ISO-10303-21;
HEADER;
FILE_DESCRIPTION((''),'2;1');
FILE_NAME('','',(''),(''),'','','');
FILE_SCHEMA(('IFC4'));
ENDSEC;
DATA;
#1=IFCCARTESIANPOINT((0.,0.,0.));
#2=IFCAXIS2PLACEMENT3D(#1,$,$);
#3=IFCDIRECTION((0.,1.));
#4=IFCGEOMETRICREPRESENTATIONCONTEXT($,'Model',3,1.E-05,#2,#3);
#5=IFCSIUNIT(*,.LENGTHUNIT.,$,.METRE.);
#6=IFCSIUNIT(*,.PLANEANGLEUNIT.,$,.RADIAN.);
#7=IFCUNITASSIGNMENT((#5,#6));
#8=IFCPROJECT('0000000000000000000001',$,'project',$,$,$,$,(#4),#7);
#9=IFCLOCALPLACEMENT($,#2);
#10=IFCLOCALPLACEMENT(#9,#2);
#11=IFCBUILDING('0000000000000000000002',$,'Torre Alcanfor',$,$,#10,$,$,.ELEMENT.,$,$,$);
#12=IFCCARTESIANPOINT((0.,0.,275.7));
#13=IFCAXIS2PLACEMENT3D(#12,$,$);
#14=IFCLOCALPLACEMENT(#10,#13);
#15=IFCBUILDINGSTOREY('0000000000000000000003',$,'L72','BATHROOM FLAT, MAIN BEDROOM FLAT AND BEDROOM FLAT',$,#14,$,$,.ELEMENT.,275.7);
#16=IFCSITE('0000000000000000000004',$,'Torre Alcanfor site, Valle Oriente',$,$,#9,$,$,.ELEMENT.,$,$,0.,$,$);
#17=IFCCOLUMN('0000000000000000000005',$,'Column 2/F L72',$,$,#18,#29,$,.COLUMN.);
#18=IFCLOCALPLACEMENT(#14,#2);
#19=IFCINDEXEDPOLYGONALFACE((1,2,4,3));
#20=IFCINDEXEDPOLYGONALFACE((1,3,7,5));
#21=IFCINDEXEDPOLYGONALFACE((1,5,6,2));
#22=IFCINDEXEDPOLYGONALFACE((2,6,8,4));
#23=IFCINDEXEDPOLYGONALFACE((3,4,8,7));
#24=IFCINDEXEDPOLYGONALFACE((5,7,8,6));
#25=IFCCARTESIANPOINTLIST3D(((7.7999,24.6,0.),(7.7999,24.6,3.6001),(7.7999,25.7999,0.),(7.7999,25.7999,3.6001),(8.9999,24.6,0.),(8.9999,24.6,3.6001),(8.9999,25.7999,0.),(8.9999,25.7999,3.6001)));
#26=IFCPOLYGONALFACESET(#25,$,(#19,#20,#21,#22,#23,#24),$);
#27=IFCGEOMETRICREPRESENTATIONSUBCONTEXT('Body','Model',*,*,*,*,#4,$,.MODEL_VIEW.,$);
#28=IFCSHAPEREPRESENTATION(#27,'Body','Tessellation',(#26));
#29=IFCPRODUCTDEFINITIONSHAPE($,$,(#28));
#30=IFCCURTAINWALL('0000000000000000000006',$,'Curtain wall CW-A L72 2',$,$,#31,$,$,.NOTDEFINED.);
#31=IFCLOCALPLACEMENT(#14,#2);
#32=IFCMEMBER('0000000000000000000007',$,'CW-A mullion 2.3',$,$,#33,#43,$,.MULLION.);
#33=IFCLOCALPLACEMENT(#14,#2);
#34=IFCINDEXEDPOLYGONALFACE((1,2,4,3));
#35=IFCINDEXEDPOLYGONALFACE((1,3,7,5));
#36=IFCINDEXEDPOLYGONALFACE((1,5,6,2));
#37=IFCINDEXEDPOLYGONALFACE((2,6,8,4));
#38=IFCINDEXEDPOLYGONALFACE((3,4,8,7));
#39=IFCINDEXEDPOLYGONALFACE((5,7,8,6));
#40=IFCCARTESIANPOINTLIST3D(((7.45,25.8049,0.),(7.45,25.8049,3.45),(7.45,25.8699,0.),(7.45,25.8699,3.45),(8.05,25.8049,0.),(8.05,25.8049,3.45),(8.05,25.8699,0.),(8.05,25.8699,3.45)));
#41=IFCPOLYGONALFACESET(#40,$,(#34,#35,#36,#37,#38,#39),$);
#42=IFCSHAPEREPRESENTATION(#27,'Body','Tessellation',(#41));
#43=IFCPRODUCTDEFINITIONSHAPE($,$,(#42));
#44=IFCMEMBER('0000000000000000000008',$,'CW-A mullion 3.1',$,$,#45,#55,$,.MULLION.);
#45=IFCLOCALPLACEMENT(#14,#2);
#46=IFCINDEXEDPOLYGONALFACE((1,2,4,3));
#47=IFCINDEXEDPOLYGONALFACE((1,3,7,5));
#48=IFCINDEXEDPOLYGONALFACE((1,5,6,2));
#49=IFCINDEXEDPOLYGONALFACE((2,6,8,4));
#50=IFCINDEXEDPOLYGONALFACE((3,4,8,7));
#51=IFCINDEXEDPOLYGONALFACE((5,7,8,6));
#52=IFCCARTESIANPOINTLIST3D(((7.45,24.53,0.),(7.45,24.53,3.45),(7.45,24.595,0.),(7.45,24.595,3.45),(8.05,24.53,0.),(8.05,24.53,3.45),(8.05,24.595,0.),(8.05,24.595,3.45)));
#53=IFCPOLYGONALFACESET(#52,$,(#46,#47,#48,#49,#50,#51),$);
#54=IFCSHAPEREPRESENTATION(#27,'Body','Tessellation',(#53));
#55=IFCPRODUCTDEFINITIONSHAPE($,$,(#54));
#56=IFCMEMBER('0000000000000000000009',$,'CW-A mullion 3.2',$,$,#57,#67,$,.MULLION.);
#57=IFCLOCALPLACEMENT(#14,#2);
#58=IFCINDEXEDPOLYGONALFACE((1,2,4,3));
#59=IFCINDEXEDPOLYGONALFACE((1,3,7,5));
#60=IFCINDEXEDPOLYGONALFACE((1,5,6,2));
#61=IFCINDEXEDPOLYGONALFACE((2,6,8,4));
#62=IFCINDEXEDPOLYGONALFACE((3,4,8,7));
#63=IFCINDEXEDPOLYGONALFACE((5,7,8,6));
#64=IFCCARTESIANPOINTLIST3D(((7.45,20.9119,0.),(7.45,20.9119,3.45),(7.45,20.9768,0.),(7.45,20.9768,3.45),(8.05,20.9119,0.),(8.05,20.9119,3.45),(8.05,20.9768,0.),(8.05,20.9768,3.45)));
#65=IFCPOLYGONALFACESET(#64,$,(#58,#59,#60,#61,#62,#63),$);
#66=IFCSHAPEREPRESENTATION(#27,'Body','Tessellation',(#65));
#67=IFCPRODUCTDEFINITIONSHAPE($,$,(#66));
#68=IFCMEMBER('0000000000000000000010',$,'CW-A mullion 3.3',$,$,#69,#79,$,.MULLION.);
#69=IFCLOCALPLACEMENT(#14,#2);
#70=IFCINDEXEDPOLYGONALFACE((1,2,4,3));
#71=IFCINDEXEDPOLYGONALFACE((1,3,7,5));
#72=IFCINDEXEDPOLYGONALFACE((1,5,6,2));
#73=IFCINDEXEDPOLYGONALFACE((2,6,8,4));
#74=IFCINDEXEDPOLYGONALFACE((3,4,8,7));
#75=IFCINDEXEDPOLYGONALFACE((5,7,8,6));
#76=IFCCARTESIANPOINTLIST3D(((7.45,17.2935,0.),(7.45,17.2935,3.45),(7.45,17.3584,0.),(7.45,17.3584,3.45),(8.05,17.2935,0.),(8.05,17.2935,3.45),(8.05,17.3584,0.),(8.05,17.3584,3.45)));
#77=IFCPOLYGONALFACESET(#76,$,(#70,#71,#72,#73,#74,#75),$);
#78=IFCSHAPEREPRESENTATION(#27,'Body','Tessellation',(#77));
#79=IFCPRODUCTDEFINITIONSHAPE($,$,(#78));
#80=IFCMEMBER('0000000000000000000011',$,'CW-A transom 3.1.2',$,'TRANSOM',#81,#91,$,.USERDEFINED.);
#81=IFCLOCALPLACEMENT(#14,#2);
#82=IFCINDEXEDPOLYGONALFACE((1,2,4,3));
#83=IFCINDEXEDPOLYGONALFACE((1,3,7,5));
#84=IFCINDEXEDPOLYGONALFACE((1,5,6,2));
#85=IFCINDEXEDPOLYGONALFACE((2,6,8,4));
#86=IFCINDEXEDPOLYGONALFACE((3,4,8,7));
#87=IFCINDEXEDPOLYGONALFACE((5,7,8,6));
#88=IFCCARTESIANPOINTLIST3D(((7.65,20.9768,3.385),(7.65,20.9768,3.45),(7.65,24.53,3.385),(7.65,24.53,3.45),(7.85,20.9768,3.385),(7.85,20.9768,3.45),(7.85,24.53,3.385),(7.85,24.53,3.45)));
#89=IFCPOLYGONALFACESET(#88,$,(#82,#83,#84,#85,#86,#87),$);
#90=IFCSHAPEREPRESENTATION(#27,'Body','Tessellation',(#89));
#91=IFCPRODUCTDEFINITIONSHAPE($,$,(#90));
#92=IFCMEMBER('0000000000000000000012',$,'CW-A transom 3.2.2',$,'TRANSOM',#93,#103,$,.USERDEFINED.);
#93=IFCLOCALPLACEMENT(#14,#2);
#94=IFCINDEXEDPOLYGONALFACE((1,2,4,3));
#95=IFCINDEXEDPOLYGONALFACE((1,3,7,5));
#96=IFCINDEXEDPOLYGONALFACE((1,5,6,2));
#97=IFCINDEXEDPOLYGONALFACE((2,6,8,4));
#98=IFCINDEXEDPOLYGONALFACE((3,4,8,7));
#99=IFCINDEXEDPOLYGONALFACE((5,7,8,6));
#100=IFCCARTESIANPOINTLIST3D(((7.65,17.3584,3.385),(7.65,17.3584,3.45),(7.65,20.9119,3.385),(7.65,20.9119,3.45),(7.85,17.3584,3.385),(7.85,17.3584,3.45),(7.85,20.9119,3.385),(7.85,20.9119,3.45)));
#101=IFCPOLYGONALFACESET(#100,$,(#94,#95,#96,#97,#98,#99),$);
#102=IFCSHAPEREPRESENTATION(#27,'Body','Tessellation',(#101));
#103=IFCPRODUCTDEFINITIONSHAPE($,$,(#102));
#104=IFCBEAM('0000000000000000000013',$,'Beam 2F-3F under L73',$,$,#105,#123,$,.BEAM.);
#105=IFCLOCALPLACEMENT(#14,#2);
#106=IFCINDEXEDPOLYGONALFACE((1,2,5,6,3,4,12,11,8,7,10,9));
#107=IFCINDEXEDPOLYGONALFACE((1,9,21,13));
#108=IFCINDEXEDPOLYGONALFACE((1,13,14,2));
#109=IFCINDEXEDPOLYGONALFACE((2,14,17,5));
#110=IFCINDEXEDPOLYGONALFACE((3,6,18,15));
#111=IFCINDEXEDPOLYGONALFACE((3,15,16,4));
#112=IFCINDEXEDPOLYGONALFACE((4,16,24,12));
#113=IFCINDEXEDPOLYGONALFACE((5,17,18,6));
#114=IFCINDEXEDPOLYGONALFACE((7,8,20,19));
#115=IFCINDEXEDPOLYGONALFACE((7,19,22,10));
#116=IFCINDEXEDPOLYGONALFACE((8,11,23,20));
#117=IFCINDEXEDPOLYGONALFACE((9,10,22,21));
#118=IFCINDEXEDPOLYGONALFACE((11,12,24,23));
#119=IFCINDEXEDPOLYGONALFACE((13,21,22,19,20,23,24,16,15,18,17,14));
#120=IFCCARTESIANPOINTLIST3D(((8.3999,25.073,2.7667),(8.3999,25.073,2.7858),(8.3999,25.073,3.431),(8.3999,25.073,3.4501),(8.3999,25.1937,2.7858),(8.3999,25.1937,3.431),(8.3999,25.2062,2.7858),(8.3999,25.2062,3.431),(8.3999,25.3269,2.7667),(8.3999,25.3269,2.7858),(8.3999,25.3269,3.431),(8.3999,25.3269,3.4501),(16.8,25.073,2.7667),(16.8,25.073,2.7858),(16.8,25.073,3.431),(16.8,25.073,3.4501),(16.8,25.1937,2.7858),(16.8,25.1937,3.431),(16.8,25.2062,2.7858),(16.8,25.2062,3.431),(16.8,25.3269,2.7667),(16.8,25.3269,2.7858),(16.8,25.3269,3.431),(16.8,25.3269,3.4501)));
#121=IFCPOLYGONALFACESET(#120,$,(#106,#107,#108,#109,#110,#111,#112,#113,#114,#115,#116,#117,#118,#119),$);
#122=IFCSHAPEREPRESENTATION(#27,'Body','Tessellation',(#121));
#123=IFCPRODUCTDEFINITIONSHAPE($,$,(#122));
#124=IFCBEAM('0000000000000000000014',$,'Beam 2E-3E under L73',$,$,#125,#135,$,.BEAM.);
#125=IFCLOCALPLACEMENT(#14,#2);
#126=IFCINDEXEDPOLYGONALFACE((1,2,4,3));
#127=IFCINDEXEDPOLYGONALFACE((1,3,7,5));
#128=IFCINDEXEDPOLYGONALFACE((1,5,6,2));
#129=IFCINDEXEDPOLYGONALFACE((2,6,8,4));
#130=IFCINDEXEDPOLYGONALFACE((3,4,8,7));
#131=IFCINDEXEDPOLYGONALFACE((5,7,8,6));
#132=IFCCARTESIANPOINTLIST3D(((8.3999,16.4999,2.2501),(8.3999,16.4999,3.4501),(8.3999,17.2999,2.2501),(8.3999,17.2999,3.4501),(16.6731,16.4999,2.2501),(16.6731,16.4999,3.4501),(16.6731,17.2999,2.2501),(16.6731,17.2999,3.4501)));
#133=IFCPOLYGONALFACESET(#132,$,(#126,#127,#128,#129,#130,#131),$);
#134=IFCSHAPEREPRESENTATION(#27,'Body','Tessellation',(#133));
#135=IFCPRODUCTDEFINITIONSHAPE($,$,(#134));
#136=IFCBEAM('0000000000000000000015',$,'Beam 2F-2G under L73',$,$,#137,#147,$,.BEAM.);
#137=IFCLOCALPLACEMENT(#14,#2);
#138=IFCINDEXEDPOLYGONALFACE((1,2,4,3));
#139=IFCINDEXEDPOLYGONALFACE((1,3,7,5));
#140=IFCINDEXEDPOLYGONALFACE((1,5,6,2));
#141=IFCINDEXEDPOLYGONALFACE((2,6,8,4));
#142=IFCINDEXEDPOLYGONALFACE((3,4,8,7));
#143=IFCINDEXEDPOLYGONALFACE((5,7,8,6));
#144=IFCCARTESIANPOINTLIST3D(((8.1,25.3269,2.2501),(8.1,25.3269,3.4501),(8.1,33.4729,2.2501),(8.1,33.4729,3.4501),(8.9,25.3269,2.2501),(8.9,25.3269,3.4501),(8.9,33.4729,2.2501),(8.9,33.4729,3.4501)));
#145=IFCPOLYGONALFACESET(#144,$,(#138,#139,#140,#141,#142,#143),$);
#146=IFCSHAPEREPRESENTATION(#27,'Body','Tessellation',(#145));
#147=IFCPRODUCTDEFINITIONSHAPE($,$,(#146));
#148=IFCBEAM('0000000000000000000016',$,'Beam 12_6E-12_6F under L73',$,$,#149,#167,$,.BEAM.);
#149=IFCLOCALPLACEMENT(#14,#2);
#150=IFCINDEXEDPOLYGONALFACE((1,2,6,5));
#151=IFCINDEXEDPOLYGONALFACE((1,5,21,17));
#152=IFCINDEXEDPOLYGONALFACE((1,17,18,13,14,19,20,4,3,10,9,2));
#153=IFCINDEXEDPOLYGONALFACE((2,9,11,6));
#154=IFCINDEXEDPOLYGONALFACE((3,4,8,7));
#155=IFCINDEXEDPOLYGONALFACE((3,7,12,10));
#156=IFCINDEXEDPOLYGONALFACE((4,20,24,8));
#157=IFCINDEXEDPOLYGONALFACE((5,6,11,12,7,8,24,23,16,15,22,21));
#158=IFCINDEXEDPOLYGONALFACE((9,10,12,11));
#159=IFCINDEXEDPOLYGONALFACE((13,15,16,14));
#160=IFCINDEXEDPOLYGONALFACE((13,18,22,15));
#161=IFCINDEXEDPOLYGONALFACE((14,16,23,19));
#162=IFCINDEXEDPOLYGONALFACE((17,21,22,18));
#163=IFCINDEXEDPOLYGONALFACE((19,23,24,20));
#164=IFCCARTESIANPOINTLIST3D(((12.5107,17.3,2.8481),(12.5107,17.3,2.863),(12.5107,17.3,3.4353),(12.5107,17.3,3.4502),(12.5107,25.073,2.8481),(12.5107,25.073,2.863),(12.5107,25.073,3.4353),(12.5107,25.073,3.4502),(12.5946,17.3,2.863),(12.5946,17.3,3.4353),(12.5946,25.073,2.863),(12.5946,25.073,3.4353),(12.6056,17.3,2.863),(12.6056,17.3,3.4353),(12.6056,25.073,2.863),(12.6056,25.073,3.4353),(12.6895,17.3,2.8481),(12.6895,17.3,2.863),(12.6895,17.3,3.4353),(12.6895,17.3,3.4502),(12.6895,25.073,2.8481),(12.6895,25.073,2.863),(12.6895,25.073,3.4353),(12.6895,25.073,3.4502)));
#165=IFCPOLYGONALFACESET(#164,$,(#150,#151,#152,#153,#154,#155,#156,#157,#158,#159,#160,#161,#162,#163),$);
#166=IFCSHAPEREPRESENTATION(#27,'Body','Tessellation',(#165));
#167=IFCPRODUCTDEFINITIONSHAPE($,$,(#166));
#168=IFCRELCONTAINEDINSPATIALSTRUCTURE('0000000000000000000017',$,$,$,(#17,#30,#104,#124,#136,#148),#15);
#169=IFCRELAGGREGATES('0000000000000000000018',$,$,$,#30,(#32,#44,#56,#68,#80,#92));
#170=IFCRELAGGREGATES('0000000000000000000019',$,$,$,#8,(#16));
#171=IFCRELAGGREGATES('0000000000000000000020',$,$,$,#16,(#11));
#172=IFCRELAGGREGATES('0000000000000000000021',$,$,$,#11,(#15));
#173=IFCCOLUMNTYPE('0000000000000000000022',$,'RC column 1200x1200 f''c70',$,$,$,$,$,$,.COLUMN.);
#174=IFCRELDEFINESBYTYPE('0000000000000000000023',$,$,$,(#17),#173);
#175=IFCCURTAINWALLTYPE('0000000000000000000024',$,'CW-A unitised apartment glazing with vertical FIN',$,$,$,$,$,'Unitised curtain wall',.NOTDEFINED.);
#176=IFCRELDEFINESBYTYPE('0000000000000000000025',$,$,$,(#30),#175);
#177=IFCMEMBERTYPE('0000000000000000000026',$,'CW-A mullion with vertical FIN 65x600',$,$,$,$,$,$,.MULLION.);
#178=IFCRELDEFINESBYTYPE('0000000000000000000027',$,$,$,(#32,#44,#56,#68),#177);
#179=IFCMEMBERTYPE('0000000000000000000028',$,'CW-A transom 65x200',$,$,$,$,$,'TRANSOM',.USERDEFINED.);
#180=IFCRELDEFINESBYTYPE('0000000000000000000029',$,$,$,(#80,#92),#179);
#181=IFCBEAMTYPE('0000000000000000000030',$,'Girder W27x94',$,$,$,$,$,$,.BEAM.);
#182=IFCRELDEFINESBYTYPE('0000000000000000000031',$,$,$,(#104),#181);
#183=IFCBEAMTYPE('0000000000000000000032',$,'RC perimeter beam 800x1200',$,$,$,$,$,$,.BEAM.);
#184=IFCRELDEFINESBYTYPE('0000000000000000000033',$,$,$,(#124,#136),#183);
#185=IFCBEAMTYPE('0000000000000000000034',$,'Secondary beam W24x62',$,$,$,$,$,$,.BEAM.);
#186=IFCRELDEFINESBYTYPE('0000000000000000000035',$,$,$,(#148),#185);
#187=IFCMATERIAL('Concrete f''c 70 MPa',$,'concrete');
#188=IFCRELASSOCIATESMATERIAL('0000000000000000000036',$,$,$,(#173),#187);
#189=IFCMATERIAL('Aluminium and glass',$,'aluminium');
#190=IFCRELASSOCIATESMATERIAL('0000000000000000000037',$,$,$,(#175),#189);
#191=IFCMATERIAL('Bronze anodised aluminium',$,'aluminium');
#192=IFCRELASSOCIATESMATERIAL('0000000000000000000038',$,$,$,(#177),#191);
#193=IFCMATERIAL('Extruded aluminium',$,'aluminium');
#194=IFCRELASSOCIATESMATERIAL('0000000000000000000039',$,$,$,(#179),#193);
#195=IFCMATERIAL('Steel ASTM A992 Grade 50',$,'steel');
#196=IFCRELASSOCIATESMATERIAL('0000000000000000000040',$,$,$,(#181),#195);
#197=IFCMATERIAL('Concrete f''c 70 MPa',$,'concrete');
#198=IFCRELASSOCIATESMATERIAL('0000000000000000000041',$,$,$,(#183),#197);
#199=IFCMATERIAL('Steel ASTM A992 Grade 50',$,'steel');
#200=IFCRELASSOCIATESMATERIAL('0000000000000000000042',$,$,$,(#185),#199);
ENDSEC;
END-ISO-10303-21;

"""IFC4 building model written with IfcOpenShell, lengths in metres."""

from ifc_helpers import new_model, si_unit, direction, frame, origin, origin_2d, place, context, subcontext, project, spatial, rectangle, i_section, extrude, material, material_profile, profile_set, type_object, element, aggregate, save


model = new_model("IFC4")

# Units and contexts
model_context = context("Model", 3, precision=1e-05, world=origin(), true_north=direction((0.0, 1.0)))
body_context = subcontext(model_context, "Body", "Model", "MODEL_VIEW")
ifc_project = project(units=[si_unit("LENGTHUNIT", "METRE"), si_unit("PLANEANGLEUNIT", "RADIAN")], contexts=[model_context])

# Site, building, storey
site_placement = place(None, origin())
site = spatial("IfcSite", under=ifc_project, at=site_placement, Name="Torre Alcanfor site, Valle Oriente", CompositionType="ELEMENT", RefElevation=0.0)
building_placement = place(site_placement, origin())
building = spatial("IfcBuilding", under=site, at=building_placement, Name="Torre Alcanfor", CompositionType="ELEMENT")
storey_placement = place(building_placement, frame((0.0, 0.0, 275.7)))
storey = spatial("IfcBuildingStorey", under=building, at=storey_placement, Name="L72", Description="BATHROOM FLAT, MAIN BEDROOM FLAT AND BEDROOM FLAT", CompositionType="ELEMENT", Elevation=275.7)

# Column
ifc_material_1 = material(Name="Concrete f'c 70 MPa", Category="concrete")
ifc_material_profile_1 = material_profile(ifc_material_1, rectangle(XDim=1.2, YDim=1.2, at=origin_2d()), Name="1200x1200")
ifc_profile_set_1 = profile_set([ifc_material_profile_1], Name="Concrete f'c 70 MPa")
column_type = type_object("IfcColumnType", Name="RC column 1200x1200 f'c70", PredefinedType="COLUMN", material=ifc_profile_set_1)
column_placement = place(storey_placement, frame((8.3999, 25.2, 0.0), z_axis=(0.0, 0.0, 1.0), x_axis=(1.0, 0.0, 0.0)))
element("IfcColumn", 1, at=column_placement, inside=storey, type_object=column_type, Name="Column 2/F L72", PredefinedType="COLUMN", context=body_context, shape_type="SweptSolid", body=[
    extrude(rectangle(XDim=1.2, YDim=1.2, at=origin_2d()), origin(), (0.0, 0.0, 1.0), 3.6001),
])

# Curtain wall, members
ifc_material_2 = material(Name="Aluminium and glass", Category="aluminium")
curtain_wall_type = type_object("IfcCurtainWallType", Name="CW-A unitised apartment glazing with vertical FIN", ElementType="Unitised curtain wall", PredefinedType="NOTDEFINED", material=ifc_material_2)
curtain_wall_placement = place(storey_placement, origin())
curtain_wall = element("IfcCurtainWall", 2, at=curtain_wall_placement, inside=storey, type_object=curtain_wall_type, Name="Curtain wall CW-A L72 2", PredefinedType="NOTDEFINED")
ifc_material_3 = material(Name="Bronze anodised aluminium", Category="aluminium")
ifc_material_profile_2 = material_profile(ifc_material_3, rectangle(XDim=0.6001, YDim=0.0649, at=origin_2d()), Name="CW-A mullion 65x600")
ifc_profile_set_2 = profile_set([ifc_material_profile_2], Name="Bronze anodised aluminium")
member_type_1 = type_object("IfcMemberType", Name="CW-A mullion with vertical FIN 65x600", PredefinedType="MULLION", material=ifc_profile_set_2)
member_1_placement = place(storey_placement, frame((7.75, 25.8374, 0.0), z_axis=(0.0, 0.0, 1.0), x_axis=(1.0, 0.0, 0.0)))
member_1 = element("IfcMember", 3, at=member_1_placement, type_object=member_type_1, Name="CW-A mullion 2.3", PredefinedType="MULLION", context=body_context, shape_type="SweptSolid", body=[
    extrude(rectangle(XDim=0.6001, YDim=0.0649, at=origin_2d()), origin(), (0.0, 0.0, 1.0), 3.45),
])
member_2_placement = place(storey_placement, frame((7.75, 24.5625, 0.0), z_axis=(0.0, 0.0, 1.0), x_axis=(1.0, 0.0, 0.0)))
member_2 = element("IfcMember", 4, at=member_2_placement, type_object=member_type_1, Name="CW-A mullion 3.1", PredefinedType="MULLION", context=body_context, shape_type="SweptSolid", body=[
    extrude(rectangle(XDim=0.6001, YDim=0.0649, at=origin_2d()), origin(), (0.0, 0.0, 1.0), 3.45),
])
member_3_placement = place(storey_placement, frame((7.75, 20.9443, 0.0), z_axis=(0.0, 0.0, 1.0), x_axis=(1.0, 0.0, 0.0)))
member_3 = element("IfcMember", 5, at=member_3_placement, type_object=member_type_1, Name="CW-A mullion 3.2", PredefinedType="MULLION", context=body_context, shape_type="SweptSolid", body=[
    extrude(rectangle(XDim=0.6001, YDim=0.0649, at=origin_2d()), origin(), (0.0, 0.0, 1.0), 3.45),
])
member_4_placement = place(storey_placement, frame((7.75, 17.3259, 0.0), z_axis=(0.0, 0.0, 1.0), x_axis=(1.0, 0.0, 0.0)))
member_4 = element("IfcMember", 6, at=member_4_placement, type_object=member_type_1, Name="CW-A mullion 3.3", PredefinedType="MULLION", context=body_context, shape_type="SweptSolid", body=[
    extrude(rectangle(XDim=0.6001, YDim=0.0649, at=origin_2d()), origin(), (0.0, 0.0, 1.0), 3.45),
])
ifc_material_4 = material(Name="Extruded aluminium", Category="aluminium")
ifc_material_profile_3 = material_profile(ifc_material_4, rectangle(XDim=0.2, YDim=0.0649, at=origin_2d()), Name="CW-A transom 200x65")
ifc_profile_set_3 = profile_set([ifc_material_profile_3], Name="Extruded aluminium")
member_type_2 = type_object("IfcMemberType", Name="CW-A transom 65x200", ElementType="TRANSOM", PredefinedType="USERDEFINED", material=ifc_profile_set_3)
member_5_placement = place(storey_placement, frame((7.75, 24.53, 3.4175), z_axis=(0.0, -1.0, 0.0), x_axis=(1.0, 0.0, 0.0)))
member_5 = element("IfcMember", 7, at=member_5_placement, type_object=member_type_2, Name="CW-A transom 3.1.2", ObjectType="TRANSOM", PredefinedType="USERDEFINED", context=body_context, shape_type="SweptSolid", body=[
    extrude(rectangle(XDim=0.2, YDim=0.0649, at=origin_2d()), origin(), (0.0, 0.0, 1.0), 3.5532),
])
member_6_placement = place(storey_placement, frame((7.75, 20.9119, 3.4175), z_axis=(0.0, -1.0, 0.0), x_axis=(1.0, 0.0, 0.0)))
member_6 = element("IfcMember", 8, at=member_6_placement, type_object=member_type_2, Name="CW-A transom 3.2.2", ObjectType="TRANSOM", PredefinedType="USERDEFINED", context=body_context, shape_type="SweptSolid", body=[
    extrude(rectangle(XDim=0.2, YDim=0.0649, at=origin_2d()), origin(), (0.0, 0.0, 1.0), 3.5535),
])

# Beams
ifc_material_5 = material(Name="Steel ASTM A992 Grade 50", Category="steel")
ifc_material_profile_4 = material_profile(ifc_material_5, i_section(OverallWidth=0.2539, OverallDepth=0.6833, WebThickness=0.0125, FlangeThickness=0.019, at=origin_2d()), Name="W27x94")
ifc_profile_set_4 = profile_set([ifc_material_profile_4], Name="Steel ASTM A992 Grade 50")
beam_type_1 = type_object("IfcBeamType", Name="Girder W27x94", PredefinedType="BEAM", material=ifc_profile_set_4)
beam_1_placement = place(storey_placement, frame((8.3999, 25.2, 3.1084), z_axis=(1.0, 0.0, 0.0), x_axis=(0.0, 1.0, 0.0)))
element("IfcBeam", 9, at=beam_1_placement, inside=storey, type_object=beam_type_1, Name="Beam 2F-3F under L73", PredefinedType="BEAM", context=body_context, shape_type="SweptSolid", body=[
    extrude(i_section(OverallWidth=0.2539, OverallDepth=0.6833, WebThickness=0.0125, FlangeThickness=0.019, at=origin_2d()), origin(), (0.0, 0.0, 1.0), 8.4001),
])
ifc_material_6 = material(Name="Concrete f'c 70 MPa", Category="concrete")
ifc_material_profile_5 = material_profile(ifc_material_6, rectangle(XDim=0.8, YDim=1.2, at=origin_2d()), Name="800x1200")
ifc_profile_set_5 = profile_set([ifc_material_profile_5], Name="Concrete f'c 70 MPa")
beam_type_2 = type_object("IfcBeamType", Name="RC perimeter beam 800x1200", PredefinedType="BEAM", material=ifc_profile_set_5)
beam_2_placement = place(storey_placement, frame((8.3999, 16.8999, 2.8501), z_axis=(1.0, 0.0, 0.0), x_axis=(0.0, 1.0, 0.0)))
element("IfcBeam", 10, at=beam_2_placement, inside=storey, type_object=beam_type_2, Name="Beam 2E-3E under L73", PredefinedType="BEAM", context=body_context, shape_type="SweptSolid", body=[
    extrude(rectangle(XDim=0.8, YDim=1.2, at=origin_2d()), origin(), (0.0, 0.0, 1.0), 8.2732),
])
beam_3_placement = place(storey_placement, frame((8.5, 25.3269, 2.8501), z_axis=(0.0, 1.0, 0.0), x_axis=(-1.0, 0.0, 0.0)))
element("IfcBeam", 11, at=beam_3_placement, inside=storey, type_object=beam_type_2, Name="Beam 2F-2G under L73", PredefinedType="BEAM", context=body_context, shape_type="SweptSolid", body=[
    extrude(rectangle(XDim=0.8, YDim=1.2, at=origin_2d()), origin(), (0.0, 0.0, 1.0), 8.146),
])
ifc_material_7 = material(Name="Steel ASTM A992 Grade 50", Category="steel")
ifc_material_profile_6 = material_profile(ifc_material_7, i_section(OverallWidth=0.1787, OverallDepth=0.6021, WebThickness=0.011, FlangeThickness=0.0149, at=origin_2d()), Name="W24x62")
ifc_profile_set_6 = profile_set([ifc_material_profile_6], Name="Steel ASTM A992 Grade 50")
beam_type_3 = type_object("IfcBeamType", Name="Secondary beam W24x62", PredefinedType="BEAM", material=ifc_profile_set_6)
beam_4_placement = place(storey_placement, frame((12.6001, 17.3, 3.1492), z_axis=(0.0, 1.0, 0.0), x_axis=(-1.0, 0.0, 0.0)))
element("IfcBeam", 12, at=beam_4_placement, inside=storey, type_object=beam_type_3, Name="Beam 12_6E-12_6F under L73", PredefinedType="BEAM", context=body_context, shape_type="SweptSolid", body=[
    extrude(i_section(OverallWidth=0.1787, OverallDepth=0.6021, WebThickness=0.011, FlangeThickness=0.0149, at=origin_2d()), origin(), (0.0, 0.0, 1.0), 7.7729),
])

aggregate(curtain_wall, [member_1, member_2, member_3, member_4, member_5, member_6])

save(model, "model.ifc")
